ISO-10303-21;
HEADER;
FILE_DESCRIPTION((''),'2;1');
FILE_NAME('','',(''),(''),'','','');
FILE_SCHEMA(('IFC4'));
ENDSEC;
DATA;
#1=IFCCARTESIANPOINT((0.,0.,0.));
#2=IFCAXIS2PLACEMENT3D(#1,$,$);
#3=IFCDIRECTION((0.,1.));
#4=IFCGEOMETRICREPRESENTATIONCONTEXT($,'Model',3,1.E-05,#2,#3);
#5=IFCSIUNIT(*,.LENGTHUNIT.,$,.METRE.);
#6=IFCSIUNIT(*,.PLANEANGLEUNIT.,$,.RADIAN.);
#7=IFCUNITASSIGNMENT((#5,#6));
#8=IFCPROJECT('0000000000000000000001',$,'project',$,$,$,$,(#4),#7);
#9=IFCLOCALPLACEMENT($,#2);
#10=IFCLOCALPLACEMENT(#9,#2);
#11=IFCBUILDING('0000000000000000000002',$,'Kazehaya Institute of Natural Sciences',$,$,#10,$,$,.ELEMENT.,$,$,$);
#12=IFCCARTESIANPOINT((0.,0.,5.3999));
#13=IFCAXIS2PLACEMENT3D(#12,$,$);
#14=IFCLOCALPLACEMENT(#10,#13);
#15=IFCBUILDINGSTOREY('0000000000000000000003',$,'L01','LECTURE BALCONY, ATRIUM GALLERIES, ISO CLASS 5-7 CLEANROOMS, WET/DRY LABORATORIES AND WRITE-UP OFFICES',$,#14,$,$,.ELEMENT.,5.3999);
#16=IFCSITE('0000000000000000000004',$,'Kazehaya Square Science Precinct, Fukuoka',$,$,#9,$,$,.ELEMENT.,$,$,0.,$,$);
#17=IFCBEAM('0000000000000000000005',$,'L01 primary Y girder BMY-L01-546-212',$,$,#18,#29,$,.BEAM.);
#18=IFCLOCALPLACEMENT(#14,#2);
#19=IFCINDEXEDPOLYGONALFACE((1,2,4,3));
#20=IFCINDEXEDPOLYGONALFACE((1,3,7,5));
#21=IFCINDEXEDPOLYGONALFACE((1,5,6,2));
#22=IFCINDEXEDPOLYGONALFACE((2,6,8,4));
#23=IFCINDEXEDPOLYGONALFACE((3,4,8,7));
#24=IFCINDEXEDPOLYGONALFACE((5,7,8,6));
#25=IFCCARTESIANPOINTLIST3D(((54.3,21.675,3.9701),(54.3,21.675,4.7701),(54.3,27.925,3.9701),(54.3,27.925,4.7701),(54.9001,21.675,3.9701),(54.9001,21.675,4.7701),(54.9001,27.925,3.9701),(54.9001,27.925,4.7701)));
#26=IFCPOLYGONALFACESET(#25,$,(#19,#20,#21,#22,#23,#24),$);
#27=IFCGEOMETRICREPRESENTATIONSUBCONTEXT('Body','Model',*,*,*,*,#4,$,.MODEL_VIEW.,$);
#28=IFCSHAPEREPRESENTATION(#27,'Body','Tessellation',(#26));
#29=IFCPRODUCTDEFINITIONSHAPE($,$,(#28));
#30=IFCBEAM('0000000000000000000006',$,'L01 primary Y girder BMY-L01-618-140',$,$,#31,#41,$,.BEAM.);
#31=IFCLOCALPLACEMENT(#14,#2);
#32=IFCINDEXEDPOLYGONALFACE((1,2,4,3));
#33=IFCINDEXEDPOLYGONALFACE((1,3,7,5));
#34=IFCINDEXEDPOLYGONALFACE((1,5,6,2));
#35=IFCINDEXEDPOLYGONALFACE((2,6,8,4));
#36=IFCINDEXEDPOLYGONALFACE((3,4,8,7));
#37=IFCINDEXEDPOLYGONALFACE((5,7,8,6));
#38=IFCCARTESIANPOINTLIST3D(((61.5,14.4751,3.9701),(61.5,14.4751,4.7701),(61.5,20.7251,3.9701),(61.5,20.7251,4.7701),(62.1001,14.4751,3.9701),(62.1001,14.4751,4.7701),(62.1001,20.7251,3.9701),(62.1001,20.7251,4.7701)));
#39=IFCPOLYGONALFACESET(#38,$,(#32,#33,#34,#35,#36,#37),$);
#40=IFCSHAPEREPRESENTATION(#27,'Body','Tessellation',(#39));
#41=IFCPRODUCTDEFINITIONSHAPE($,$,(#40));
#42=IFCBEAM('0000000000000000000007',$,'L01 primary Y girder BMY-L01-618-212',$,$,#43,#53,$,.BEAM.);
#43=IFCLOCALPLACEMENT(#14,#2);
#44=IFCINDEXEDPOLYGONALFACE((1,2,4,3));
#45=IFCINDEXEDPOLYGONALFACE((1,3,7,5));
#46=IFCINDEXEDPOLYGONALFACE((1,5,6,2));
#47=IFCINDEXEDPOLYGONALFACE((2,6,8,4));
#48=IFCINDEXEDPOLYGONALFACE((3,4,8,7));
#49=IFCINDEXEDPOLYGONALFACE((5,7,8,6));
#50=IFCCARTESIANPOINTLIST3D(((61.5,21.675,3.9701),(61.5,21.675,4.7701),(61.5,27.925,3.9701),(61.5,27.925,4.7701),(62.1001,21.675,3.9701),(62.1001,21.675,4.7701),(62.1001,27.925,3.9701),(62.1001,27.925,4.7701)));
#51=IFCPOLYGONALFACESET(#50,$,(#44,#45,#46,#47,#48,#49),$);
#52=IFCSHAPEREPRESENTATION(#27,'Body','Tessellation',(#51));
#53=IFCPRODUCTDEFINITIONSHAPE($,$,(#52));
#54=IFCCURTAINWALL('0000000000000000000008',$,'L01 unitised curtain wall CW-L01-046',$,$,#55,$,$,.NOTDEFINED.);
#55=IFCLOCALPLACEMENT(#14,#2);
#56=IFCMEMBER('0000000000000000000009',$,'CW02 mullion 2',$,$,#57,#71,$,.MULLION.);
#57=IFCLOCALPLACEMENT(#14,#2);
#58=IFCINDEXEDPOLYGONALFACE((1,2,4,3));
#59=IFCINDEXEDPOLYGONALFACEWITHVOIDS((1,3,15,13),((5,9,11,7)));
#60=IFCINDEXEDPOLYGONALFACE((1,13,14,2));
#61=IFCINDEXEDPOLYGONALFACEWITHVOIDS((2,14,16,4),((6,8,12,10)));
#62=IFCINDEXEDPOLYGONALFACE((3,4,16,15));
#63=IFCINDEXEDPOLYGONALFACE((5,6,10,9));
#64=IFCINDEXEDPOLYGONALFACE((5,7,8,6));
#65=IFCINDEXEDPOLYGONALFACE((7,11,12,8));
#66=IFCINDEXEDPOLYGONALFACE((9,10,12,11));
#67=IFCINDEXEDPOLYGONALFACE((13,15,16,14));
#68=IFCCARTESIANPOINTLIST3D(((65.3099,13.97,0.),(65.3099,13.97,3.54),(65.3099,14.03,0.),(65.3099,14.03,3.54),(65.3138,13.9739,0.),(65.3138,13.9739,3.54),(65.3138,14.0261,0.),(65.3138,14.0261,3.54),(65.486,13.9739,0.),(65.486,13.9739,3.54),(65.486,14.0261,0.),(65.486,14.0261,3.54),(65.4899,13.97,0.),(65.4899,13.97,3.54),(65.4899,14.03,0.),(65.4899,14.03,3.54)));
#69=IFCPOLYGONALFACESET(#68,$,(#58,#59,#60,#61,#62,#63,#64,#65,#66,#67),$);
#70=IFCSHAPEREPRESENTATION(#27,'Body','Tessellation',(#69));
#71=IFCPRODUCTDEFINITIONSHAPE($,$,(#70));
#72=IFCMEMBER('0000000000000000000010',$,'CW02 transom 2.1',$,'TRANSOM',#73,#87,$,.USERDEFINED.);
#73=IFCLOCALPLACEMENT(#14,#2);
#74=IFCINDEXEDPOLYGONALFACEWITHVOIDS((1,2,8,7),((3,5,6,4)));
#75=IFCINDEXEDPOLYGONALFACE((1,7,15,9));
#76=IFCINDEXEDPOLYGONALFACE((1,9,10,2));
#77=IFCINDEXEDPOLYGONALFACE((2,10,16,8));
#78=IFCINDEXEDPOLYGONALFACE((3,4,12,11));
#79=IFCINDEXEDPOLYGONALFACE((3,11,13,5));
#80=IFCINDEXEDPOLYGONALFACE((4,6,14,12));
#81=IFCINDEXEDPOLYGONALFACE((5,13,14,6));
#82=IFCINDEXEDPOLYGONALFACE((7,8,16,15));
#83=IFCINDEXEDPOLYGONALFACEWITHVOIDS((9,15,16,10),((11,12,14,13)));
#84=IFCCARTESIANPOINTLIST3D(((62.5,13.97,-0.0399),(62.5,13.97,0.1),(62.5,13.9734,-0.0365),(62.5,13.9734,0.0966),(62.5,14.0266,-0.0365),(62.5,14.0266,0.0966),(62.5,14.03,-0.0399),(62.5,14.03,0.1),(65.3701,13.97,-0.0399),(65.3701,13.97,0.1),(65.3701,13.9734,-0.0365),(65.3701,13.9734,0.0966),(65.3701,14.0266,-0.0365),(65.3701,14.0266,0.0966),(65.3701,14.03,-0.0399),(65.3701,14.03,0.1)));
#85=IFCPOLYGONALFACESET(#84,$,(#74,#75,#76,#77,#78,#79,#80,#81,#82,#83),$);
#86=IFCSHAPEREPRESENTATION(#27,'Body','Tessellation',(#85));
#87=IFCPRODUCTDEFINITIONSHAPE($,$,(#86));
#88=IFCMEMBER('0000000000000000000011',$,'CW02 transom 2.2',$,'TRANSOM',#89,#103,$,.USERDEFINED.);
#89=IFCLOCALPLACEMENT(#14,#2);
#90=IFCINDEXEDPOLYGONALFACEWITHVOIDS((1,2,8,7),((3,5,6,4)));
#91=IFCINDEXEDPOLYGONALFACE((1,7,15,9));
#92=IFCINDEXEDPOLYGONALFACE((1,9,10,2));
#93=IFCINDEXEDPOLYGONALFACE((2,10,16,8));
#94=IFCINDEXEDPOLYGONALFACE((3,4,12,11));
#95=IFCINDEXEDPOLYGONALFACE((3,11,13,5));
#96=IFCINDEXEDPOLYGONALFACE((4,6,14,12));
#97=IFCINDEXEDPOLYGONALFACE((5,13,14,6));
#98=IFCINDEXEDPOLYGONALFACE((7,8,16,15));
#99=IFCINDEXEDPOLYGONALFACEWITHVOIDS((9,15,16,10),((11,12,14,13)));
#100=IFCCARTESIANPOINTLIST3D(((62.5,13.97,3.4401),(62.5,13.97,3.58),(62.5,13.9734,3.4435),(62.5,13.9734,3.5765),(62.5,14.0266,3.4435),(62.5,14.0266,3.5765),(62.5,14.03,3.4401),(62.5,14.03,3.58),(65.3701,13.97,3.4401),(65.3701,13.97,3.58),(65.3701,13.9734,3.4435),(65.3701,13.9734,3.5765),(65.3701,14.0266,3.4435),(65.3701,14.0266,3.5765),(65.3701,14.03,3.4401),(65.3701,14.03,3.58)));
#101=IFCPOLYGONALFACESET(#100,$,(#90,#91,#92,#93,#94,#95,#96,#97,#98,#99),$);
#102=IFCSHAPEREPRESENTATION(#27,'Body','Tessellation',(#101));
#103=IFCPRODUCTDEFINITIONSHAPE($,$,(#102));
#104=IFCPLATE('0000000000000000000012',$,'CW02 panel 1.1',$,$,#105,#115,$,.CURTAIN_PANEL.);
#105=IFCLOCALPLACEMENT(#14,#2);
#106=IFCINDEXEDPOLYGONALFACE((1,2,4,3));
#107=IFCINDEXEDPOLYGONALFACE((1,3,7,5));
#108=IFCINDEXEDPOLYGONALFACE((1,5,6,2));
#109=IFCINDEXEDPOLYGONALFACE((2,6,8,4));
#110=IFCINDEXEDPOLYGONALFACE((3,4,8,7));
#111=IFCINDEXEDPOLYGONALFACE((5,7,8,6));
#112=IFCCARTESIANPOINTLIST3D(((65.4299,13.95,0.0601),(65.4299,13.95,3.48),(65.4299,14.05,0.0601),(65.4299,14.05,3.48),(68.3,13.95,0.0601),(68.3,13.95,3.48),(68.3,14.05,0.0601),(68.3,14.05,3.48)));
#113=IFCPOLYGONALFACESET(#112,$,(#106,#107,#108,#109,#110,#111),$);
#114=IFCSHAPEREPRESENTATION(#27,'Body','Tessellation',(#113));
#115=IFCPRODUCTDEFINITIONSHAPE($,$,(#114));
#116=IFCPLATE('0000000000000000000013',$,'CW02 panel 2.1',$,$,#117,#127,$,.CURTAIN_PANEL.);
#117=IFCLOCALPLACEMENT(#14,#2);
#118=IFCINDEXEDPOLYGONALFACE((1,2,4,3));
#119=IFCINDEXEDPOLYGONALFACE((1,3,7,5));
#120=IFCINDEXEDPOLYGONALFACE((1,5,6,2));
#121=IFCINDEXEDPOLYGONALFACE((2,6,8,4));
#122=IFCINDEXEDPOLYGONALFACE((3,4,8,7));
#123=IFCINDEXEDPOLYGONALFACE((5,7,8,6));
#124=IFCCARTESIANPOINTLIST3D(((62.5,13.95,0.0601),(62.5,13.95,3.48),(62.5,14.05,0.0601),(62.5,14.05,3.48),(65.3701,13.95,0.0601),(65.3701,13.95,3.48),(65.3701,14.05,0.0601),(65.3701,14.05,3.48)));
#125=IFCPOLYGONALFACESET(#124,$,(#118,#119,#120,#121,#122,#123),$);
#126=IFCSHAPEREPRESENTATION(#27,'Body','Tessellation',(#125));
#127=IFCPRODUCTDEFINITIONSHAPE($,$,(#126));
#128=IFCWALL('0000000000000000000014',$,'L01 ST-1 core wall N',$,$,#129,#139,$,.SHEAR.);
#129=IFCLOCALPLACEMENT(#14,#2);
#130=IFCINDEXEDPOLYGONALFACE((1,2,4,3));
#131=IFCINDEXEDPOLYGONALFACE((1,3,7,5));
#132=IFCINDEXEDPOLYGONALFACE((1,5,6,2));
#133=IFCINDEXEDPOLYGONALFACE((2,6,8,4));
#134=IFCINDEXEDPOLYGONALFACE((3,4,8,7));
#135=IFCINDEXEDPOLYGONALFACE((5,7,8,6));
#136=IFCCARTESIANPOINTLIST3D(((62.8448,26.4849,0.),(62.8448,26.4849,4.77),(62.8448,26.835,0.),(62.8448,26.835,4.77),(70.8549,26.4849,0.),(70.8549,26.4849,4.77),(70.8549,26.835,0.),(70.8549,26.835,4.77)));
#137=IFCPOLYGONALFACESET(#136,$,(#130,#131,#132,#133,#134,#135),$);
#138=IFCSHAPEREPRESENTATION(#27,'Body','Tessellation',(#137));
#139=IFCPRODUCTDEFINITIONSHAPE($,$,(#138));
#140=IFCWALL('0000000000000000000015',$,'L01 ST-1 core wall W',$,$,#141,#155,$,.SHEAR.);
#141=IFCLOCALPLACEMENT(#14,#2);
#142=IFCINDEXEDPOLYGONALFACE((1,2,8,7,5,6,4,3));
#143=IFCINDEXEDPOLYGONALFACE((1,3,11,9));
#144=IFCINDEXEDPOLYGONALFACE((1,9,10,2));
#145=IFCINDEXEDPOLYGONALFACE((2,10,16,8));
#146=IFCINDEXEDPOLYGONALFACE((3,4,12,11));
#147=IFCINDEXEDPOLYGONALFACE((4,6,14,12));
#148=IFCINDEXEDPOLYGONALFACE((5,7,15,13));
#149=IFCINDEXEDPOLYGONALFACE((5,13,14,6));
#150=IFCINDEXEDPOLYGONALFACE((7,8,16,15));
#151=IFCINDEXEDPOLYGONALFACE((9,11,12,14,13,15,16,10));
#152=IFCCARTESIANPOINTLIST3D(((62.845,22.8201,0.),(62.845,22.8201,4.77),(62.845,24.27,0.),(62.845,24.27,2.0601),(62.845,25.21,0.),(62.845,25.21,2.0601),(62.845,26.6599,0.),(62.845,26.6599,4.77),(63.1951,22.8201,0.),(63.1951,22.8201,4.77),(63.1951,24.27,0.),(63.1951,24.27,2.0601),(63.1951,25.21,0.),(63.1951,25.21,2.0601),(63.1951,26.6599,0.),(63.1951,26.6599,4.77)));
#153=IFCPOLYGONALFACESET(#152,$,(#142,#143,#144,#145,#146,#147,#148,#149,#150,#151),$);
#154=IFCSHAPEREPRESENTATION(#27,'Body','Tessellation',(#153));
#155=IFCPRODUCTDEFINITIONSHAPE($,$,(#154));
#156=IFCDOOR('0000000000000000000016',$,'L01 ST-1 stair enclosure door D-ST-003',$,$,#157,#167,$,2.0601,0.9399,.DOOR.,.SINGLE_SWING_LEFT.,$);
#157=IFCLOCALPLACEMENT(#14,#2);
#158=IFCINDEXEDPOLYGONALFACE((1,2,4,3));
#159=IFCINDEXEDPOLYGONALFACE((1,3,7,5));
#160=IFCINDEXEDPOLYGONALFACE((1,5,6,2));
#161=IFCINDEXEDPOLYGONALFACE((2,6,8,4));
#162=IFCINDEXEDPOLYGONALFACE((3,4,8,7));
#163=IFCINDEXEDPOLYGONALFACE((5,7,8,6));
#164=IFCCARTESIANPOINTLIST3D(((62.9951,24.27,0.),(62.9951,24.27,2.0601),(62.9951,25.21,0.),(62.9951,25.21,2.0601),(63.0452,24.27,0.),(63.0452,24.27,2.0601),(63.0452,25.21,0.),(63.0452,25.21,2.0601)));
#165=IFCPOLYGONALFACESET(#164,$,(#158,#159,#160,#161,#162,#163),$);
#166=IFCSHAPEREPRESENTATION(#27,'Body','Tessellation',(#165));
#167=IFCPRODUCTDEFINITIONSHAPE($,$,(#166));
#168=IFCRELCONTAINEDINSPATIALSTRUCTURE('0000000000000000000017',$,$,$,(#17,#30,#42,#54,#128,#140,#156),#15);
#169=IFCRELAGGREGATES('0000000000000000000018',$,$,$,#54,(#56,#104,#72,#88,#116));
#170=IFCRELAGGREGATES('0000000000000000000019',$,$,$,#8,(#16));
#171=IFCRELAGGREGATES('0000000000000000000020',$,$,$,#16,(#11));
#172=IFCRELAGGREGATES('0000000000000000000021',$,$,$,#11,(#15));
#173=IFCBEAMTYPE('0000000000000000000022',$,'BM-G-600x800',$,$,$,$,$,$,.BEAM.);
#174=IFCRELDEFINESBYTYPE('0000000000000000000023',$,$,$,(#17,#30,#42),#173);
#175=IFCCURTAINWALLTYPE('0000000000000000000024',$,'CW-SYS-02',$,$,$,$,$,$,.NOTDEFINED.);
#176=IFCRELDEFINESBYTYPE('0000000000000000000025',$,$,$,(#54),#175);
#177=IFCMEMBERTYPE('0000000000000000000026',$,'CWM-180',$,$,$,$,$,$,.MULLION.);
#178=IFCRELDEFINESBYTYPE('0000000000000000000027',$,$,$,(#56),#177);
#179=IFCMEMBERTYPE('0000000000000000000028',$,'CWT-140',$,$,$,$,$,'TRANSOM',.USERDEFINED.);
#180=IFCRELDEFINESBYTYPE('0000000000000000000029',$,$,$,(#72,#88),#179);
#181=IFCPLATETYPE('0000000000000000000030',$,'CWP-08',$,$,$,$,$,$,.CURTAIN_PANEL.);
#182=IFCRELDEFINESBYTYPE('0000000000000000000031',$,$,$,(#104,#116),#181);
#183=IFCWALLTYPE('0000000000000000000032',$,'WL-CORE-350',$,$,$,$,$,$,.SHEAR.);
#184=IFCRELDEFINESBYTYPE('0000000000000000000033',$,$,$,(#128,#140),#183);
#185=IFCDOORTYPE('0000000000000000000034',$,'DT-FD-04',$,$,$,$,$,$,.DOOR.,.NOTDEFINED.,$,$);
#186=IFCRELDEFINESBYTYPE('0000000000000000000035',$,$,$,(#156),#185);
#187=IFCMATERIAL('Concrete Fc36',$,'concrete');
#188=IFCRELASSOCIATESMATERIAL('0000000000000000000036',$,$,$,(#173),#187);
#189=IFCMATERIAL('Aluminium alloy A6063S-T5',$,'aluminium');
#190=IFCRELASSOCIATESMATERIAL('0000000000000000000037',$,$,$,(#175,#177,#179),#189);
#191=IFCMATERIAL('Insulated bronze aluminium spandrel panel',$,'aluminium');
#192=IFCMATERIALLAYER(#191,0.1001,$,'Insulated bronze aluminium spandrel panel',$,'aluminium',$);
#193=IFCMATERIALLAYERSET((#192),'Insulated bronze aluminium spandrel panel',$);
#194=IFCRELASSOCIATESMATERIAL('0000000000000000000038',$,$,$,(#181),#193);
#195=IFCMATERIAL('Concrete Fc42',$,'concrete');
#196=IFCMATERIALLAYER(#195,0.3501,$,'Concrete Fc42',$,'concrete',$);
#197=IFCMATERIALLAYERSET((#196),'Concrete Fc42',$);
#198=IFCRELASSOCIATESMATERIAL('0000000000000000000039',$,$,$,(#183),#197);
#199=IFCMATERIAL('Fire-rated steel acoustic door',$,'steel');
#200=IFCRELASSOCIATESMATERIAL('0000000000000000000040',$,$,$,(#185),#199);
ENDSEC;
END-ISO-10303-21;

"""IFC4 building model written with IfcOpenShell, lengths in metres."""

from ifc_helpers import new_model, si_unit, direction, frame, frame_2d, origin, origin_2d, place, context, subcontext, project, spatial, rectangle, hollow_rectangle, extrude, material, layer, layer_set, material_profile, profile_set, type_object, element, fill, aggregate, save


model = new_model("IFC4")

# Units and contexts
model_context = context("Model", 3, precision=1e-05, world=origin(), true_north=direction((0.0, 1.0)))
body_context = subcontext(model_context, "Body", "Model", "MODEL_VIEW")
ifc_project = project(units=[si_unit("LENGTHUNIT", "METRE"), si_unit("PLANEANGLEUNIT", "RADIAN")], contexts=[model_context])

# Site, building, storey
site_placement = place(None, origin())
site = spatial("IfcSite", under=ifc_project, at=site_placement, Name="Kazehaya Square Science Precinct, Fukuoka", CompositionType="ELEMENT", RefElevation=0.0)
building_placement = place(site_placement, origin())
building = spatial("IfcBuilding", under=site, at=building_placement, Name="Kazehaya Institute of Natural Sciences", CompositionType="ELEMENT")
storey_placement = place(building_placement, frame((0.0, 0.0, 5.3999)))
storey = spatial("IfcBuildingStorey", under=building, at=storey_placement, Name="L01", Description="LECTURE BALCONY, ATRIUM GALLERIES, ISO CLASS 5-7 CLEANROOMS, WET/DRY LABORATORIES AND WRITE-UP OFFICES", CompositionType="ELEMENT", Elevation=5.3999)

# Shared definitions
ifc_material_1 = material(Name="Concrete Fc42", Category="concrete")

# Beams
ifc_material_2 = material(Name="Concrete Fc36", Category="concrete")
ifc_material_profile_1 = material_profile(ifc_material_2, rectangle(XDim=0.6001, YDim=0.8, at=origin_2d()), Name="RC-600x800")
ifc_profile_set_1 = profile_set([ifc_material_profile_1], Name="Concrete Fc36")
beam_type_1 = type_object("IfcBeamType", Name="BM-G-600x800", PredefinedType="BEAM", material=ifc_profile_set_1)
for number, where, z_axis, x_axis, name in (
    (1, (54.6001, 21.675, 4.3701), (0.0, 1.0, 0.0), (-1.0, 0.0, 0.0), "L01 primary Y girder BMY-L01-546-212"),
    (2, (61.8, 14.4751, 4.3701), (0.0, 1.0, 0.0), (-1.0, 0.0, 0.0), "L01 primary Y girder BMY-L01-618-140"),
    (3, (61.8, 21.675, 4.3701), (0.0, 1.0, 0.0), (-1.0, 0.0, 0.0), "L01 primary Y girder BMY-L01-618-212"),
):
    element("IfcBeam", number, at=place(storey_placement, frame(where, z_axis=z_axis, x_axis=x_axis)), inside=storey, type_object=beam_type_1, Name=name, PredefinedType="BEAM", context=body_context, shape_type="SweptSolid", body=[
        extrude(rectangle(XDim=0.6001, YDim=0.8, at=origin_2d()), origin(), (0.0, 0.0, 1.0), 6.25),
    ])

# Curtain wall, members, plates
ifc_material_3 = material(Name="Aluminium alloy A6063S-T5", Category="aluminium")
curtain_wall_type = type_object("IfcCurtainWallType", Name="CW-SYS-02", PredefinedType="NOTDEFINED", material=ifc_material_3)
curtain_wall_placement = place(storey_placement, origin())
curtain_wall = element("IfcCurtainWall", 4, at=curtain_wall_placement, inside=storey, type_object=curtain_wall_type, Name="L01 unitised curtain wall CW-L01-046", PredefinedType="NOTDEFINED")
ifc_material_profile_2 = material_profile(ifc_material_3, hollow_rectangle(XDim=0.0601, YDim=0.1799, WallThickness=0.0039, at=origin_2d()), Name="ALU-60x180x4")
ifc_profile_set_2 = profile_set([ifc_material_profile_2], Name="Aluminium alloy A6063S-T5")
member_type_1 = type_object("IfcMemberType", Name="CWM-180", PredefinedType="MULLION", material=ifc_profile_set_2)
member_1_placement = place(storey_placement, frame((65.3999, 14.0, 0.0), z_axis=(0.0, 0.0, 1.0), x_axis=(0.0, -1.0, 0.0)))
member_1 = element("IfcMember", 5, at=member_1_placement, type_object=member_type_1, Name="CW02 mullion 2", PredefinedType="MULLION", context=body_context, shape_type="SweptSolid", body=[
    extrude(hollow_rectangle(XDim=0.0601, YDim=0.1799, WallThickness=0.0039, at=origin_2d()), origin(), (0.0, 0.0, 1.0), 3.54),
])
ifc_material_profile_3 = material_profile(ifc_material_3, hollow_rectangle(XDim=0.0601, YDim=0.1399, WallThickness=0.0034, at=origin_2d()), Name="ALU-60x140x3.5")
ifc_profile_set_3 = profile_set([ifc_material_profile_3], Name="Aluminium alloy A6063S-T5")
member_type_2 = type_object("IfcMemberType", Name="CWT-140", ElementType="TRANSOM", PredefinedType="USERDEFINED", material=ifc_profile_set_3)
member_2_placement = place(storey_placement, frame((65.3701, 14.0, 0.03), z_axis=(-1.0, 0.0, 0.0), x_axis=(0.0, -1.0, 0.0)))
member_2 = element("IfcMember", 6, at=member_2_placement, type_object=member_type_2, Name="CW02 transom 2.1", ObjectType="TRANSOM", PredefinedType="USERDEFINED", context=body_context, shape_type="SweptSolid", body=[
    extrude(hollow_rectangle(XDim=0.0601, YDim=0.1399, WallThickness=0.0034, at=origin_2d()), origin(), (0.0, 0.0, 1.0), 2.8701),
])
member_3_placement = place(storey_placement, frame((65.3701, 14.0, 3.51), z_axis=(-1.0, 0.0, 0.0), x_axis=(0.0, -1.0, 0.0)))
member_3 = element("IfcMember", 7, at=member_3_placement, type_object=member_type_2, Name="CW02 transom 2.2", ObjectType="TRANSOM", PredefinedType="USERDEFINED", context=body_context, shape_type="SweptSolid", body=[
    extrude(hollow_rectangle(XDim=0.0601, YDim=0.1399, WallThickness=0.0034, at=origin_2d()), origin(), (0.0, 0.0, 1.0), 2.8701),
])
ifc_material_4 = material(Name="Insulated bronze aluminium spandrel panel", Category="aluminium")
ifc_layer_1 = layer(ifc_material_4, 0.1001, Name="Insulated bronze aluminium spandrel panel", Category="aluminium")
ifc_layer_set_1 = layer_set([ifc_layer_1], Name="Insulated bronze aluminium spandrel panel")
plate_type = type_object("IfcPlateType", Name="CWP-08", PredefinedType="CURTAIN_PANEL", material=ifc_layer_set_1)
plate_1_placement = place(storey_placement, frame((66.865, 14.0, 0.0601), z_axis=(0.0, 0.0, 1.0), x_axis=(-1.0, 0.0, 0.0)))
plate_1 = element("IfcPlate", 8, at=plate_1_placement, type_object=plate_type, Name="CW02 panel 1.1", PredefinedType="CURTAIN_PANEL", context=body_context, shape_type="SweptSolid", body=[
    extrude(rectangle(XDim=2.8701, YDim=0.1001, at=origin_2d()), origin(), (0.0, 0.0, 1.0), 3.4199),
])
plate_2_placement = place(storey_placement, frame((63.9351, 14.0, 0.0601), z_axis=(0.0, 0.0, 1.0), x_axis=(-1.0, 0.0, 0.0)))
plate_2 = element("IfcPlate", 9, at=plate_2_placement, type_object=plate_type, Name="CW02 panel 2.1", PredefinedType="CURTAIN_PANEL", context=body_context, shape_type="SweptSolid", body=[
    extrude(rectangle(XDim=2.8701, YDim=0.1001, at=origin_2d()), origin(), (0.0, 0.0, 1.0), 3.4199),
])
aggregate(curtain_wall, [member_1, plate_1, member_2, member_3, plate_2])

# Wall
ifc_layer_2 = layer(ifc_material_1, 0.3501, Name="Concrete Fc42", Category="concrete")
ifc_layer_set_2 = layer_set([ifc_layer_2], Name="Concrete Fc42")
wall_type_1 = type_object("IfcWallType", Name="WL-CORE-350", PredefinedType="SHEAR", material=ifc_layer_set_2)
wall_1_placement = place(storey_placement, frame((62.845, 26.6599, 0.0), z_axis=(0.0, 0.0, 1.0), x_axis=(1.0, 0.0, 0.0)))
element("IfcWall", 10, at=wall_1_placement, inside=storey, type_object=wall_type_1, Name="L01 ST-1 core wall N", PredefinedType="SHEAR", context=body_context, shape_type="SweptSolid", body=[
    extrude(rectangle(XDim=8.01, YDim=0.3501, at=frame_2d((4.0049, 0.0))), origin(), (0.0, 0.0, 1.0), 4.77),
])

# Wall, opening, door
wall_2_placement = place(storey_placement, frame((63.02, 22.8201, 0.0), z_axis=(0.0, 0.0, 1.0), x_axis=(0.0, 1.0, 0.0)))
wall_2 = element("IfcWall", 11, at=wall_2_placement, inside=storey, type_object=wall_type_1, Name="L01 ST-1 core wall W", PredefinedType="SHEAR", context=body_context, shape_type="SweptSolid", body=[
    extrude(rectangle(XDim=3.8398, YDim=0.3501, at=frame_2d((1.9199, 0.0))), origin(), (0.0, 0.0, 1.0), 4.77),
])
opening_1_placement = place(wall_2_placement, frame((1.45, 0.0, 0.0)))
opening_1 = element("IfcOpeningElement", 12, at=opening_1_placement, cuts=wall_2, PredefinedType="OPENING", context=body_context, shape_type="SweptSolid", body=[
    extrude(rectangle(XDim=0.9399, YDim=2.0601, at=frame_2d((0.47, 1.03))), frame((0.0, 0.1851, 0.0), z_axis=(0.0, -1.0, 0.0), x_axis=(1.0, 0.0, 0.0)), (0.0, 0.0, 1.0), 0.3701),
])
ifc_material_5 = material(Name="Fire-rated steel acoustic door", Category="steel")
door_type_1 = type_object("IfcDoorType", Name="DT-FD-04", OperationType="NOTDEFINED", PredefinedType="DOOR", material=ifc_material_5)
door_1_placement = place(opening_1_placement, origin())
door_1 = element("IfcDoor", 13, at=door_1_placement, inside=storey, type_object=door_type_1, Name="L01 ST-1 stair enclosure door D-ST-003", OperationType="SINGLE_SWING_LEFT", OverallHeight=2.0601, OverallWidth=0.9399, PredefinedType="DOOR", context=body_context, shape_type="SweptSolid", body=[
    extrude(rectangle(XDim=0.9399, YDim=2.0601, at=frame_2d((0.47, 1.03))), frame((0.0, 0.0249, 0.0), z_axis=(0.0, -1.0, 0.0), x_axis=(1.0, 0.0, 0.0)), (0.0, 0.0, 1.0), 0.05),
])
fill(opening_1, door_1)

save(model, "model.ifc")
